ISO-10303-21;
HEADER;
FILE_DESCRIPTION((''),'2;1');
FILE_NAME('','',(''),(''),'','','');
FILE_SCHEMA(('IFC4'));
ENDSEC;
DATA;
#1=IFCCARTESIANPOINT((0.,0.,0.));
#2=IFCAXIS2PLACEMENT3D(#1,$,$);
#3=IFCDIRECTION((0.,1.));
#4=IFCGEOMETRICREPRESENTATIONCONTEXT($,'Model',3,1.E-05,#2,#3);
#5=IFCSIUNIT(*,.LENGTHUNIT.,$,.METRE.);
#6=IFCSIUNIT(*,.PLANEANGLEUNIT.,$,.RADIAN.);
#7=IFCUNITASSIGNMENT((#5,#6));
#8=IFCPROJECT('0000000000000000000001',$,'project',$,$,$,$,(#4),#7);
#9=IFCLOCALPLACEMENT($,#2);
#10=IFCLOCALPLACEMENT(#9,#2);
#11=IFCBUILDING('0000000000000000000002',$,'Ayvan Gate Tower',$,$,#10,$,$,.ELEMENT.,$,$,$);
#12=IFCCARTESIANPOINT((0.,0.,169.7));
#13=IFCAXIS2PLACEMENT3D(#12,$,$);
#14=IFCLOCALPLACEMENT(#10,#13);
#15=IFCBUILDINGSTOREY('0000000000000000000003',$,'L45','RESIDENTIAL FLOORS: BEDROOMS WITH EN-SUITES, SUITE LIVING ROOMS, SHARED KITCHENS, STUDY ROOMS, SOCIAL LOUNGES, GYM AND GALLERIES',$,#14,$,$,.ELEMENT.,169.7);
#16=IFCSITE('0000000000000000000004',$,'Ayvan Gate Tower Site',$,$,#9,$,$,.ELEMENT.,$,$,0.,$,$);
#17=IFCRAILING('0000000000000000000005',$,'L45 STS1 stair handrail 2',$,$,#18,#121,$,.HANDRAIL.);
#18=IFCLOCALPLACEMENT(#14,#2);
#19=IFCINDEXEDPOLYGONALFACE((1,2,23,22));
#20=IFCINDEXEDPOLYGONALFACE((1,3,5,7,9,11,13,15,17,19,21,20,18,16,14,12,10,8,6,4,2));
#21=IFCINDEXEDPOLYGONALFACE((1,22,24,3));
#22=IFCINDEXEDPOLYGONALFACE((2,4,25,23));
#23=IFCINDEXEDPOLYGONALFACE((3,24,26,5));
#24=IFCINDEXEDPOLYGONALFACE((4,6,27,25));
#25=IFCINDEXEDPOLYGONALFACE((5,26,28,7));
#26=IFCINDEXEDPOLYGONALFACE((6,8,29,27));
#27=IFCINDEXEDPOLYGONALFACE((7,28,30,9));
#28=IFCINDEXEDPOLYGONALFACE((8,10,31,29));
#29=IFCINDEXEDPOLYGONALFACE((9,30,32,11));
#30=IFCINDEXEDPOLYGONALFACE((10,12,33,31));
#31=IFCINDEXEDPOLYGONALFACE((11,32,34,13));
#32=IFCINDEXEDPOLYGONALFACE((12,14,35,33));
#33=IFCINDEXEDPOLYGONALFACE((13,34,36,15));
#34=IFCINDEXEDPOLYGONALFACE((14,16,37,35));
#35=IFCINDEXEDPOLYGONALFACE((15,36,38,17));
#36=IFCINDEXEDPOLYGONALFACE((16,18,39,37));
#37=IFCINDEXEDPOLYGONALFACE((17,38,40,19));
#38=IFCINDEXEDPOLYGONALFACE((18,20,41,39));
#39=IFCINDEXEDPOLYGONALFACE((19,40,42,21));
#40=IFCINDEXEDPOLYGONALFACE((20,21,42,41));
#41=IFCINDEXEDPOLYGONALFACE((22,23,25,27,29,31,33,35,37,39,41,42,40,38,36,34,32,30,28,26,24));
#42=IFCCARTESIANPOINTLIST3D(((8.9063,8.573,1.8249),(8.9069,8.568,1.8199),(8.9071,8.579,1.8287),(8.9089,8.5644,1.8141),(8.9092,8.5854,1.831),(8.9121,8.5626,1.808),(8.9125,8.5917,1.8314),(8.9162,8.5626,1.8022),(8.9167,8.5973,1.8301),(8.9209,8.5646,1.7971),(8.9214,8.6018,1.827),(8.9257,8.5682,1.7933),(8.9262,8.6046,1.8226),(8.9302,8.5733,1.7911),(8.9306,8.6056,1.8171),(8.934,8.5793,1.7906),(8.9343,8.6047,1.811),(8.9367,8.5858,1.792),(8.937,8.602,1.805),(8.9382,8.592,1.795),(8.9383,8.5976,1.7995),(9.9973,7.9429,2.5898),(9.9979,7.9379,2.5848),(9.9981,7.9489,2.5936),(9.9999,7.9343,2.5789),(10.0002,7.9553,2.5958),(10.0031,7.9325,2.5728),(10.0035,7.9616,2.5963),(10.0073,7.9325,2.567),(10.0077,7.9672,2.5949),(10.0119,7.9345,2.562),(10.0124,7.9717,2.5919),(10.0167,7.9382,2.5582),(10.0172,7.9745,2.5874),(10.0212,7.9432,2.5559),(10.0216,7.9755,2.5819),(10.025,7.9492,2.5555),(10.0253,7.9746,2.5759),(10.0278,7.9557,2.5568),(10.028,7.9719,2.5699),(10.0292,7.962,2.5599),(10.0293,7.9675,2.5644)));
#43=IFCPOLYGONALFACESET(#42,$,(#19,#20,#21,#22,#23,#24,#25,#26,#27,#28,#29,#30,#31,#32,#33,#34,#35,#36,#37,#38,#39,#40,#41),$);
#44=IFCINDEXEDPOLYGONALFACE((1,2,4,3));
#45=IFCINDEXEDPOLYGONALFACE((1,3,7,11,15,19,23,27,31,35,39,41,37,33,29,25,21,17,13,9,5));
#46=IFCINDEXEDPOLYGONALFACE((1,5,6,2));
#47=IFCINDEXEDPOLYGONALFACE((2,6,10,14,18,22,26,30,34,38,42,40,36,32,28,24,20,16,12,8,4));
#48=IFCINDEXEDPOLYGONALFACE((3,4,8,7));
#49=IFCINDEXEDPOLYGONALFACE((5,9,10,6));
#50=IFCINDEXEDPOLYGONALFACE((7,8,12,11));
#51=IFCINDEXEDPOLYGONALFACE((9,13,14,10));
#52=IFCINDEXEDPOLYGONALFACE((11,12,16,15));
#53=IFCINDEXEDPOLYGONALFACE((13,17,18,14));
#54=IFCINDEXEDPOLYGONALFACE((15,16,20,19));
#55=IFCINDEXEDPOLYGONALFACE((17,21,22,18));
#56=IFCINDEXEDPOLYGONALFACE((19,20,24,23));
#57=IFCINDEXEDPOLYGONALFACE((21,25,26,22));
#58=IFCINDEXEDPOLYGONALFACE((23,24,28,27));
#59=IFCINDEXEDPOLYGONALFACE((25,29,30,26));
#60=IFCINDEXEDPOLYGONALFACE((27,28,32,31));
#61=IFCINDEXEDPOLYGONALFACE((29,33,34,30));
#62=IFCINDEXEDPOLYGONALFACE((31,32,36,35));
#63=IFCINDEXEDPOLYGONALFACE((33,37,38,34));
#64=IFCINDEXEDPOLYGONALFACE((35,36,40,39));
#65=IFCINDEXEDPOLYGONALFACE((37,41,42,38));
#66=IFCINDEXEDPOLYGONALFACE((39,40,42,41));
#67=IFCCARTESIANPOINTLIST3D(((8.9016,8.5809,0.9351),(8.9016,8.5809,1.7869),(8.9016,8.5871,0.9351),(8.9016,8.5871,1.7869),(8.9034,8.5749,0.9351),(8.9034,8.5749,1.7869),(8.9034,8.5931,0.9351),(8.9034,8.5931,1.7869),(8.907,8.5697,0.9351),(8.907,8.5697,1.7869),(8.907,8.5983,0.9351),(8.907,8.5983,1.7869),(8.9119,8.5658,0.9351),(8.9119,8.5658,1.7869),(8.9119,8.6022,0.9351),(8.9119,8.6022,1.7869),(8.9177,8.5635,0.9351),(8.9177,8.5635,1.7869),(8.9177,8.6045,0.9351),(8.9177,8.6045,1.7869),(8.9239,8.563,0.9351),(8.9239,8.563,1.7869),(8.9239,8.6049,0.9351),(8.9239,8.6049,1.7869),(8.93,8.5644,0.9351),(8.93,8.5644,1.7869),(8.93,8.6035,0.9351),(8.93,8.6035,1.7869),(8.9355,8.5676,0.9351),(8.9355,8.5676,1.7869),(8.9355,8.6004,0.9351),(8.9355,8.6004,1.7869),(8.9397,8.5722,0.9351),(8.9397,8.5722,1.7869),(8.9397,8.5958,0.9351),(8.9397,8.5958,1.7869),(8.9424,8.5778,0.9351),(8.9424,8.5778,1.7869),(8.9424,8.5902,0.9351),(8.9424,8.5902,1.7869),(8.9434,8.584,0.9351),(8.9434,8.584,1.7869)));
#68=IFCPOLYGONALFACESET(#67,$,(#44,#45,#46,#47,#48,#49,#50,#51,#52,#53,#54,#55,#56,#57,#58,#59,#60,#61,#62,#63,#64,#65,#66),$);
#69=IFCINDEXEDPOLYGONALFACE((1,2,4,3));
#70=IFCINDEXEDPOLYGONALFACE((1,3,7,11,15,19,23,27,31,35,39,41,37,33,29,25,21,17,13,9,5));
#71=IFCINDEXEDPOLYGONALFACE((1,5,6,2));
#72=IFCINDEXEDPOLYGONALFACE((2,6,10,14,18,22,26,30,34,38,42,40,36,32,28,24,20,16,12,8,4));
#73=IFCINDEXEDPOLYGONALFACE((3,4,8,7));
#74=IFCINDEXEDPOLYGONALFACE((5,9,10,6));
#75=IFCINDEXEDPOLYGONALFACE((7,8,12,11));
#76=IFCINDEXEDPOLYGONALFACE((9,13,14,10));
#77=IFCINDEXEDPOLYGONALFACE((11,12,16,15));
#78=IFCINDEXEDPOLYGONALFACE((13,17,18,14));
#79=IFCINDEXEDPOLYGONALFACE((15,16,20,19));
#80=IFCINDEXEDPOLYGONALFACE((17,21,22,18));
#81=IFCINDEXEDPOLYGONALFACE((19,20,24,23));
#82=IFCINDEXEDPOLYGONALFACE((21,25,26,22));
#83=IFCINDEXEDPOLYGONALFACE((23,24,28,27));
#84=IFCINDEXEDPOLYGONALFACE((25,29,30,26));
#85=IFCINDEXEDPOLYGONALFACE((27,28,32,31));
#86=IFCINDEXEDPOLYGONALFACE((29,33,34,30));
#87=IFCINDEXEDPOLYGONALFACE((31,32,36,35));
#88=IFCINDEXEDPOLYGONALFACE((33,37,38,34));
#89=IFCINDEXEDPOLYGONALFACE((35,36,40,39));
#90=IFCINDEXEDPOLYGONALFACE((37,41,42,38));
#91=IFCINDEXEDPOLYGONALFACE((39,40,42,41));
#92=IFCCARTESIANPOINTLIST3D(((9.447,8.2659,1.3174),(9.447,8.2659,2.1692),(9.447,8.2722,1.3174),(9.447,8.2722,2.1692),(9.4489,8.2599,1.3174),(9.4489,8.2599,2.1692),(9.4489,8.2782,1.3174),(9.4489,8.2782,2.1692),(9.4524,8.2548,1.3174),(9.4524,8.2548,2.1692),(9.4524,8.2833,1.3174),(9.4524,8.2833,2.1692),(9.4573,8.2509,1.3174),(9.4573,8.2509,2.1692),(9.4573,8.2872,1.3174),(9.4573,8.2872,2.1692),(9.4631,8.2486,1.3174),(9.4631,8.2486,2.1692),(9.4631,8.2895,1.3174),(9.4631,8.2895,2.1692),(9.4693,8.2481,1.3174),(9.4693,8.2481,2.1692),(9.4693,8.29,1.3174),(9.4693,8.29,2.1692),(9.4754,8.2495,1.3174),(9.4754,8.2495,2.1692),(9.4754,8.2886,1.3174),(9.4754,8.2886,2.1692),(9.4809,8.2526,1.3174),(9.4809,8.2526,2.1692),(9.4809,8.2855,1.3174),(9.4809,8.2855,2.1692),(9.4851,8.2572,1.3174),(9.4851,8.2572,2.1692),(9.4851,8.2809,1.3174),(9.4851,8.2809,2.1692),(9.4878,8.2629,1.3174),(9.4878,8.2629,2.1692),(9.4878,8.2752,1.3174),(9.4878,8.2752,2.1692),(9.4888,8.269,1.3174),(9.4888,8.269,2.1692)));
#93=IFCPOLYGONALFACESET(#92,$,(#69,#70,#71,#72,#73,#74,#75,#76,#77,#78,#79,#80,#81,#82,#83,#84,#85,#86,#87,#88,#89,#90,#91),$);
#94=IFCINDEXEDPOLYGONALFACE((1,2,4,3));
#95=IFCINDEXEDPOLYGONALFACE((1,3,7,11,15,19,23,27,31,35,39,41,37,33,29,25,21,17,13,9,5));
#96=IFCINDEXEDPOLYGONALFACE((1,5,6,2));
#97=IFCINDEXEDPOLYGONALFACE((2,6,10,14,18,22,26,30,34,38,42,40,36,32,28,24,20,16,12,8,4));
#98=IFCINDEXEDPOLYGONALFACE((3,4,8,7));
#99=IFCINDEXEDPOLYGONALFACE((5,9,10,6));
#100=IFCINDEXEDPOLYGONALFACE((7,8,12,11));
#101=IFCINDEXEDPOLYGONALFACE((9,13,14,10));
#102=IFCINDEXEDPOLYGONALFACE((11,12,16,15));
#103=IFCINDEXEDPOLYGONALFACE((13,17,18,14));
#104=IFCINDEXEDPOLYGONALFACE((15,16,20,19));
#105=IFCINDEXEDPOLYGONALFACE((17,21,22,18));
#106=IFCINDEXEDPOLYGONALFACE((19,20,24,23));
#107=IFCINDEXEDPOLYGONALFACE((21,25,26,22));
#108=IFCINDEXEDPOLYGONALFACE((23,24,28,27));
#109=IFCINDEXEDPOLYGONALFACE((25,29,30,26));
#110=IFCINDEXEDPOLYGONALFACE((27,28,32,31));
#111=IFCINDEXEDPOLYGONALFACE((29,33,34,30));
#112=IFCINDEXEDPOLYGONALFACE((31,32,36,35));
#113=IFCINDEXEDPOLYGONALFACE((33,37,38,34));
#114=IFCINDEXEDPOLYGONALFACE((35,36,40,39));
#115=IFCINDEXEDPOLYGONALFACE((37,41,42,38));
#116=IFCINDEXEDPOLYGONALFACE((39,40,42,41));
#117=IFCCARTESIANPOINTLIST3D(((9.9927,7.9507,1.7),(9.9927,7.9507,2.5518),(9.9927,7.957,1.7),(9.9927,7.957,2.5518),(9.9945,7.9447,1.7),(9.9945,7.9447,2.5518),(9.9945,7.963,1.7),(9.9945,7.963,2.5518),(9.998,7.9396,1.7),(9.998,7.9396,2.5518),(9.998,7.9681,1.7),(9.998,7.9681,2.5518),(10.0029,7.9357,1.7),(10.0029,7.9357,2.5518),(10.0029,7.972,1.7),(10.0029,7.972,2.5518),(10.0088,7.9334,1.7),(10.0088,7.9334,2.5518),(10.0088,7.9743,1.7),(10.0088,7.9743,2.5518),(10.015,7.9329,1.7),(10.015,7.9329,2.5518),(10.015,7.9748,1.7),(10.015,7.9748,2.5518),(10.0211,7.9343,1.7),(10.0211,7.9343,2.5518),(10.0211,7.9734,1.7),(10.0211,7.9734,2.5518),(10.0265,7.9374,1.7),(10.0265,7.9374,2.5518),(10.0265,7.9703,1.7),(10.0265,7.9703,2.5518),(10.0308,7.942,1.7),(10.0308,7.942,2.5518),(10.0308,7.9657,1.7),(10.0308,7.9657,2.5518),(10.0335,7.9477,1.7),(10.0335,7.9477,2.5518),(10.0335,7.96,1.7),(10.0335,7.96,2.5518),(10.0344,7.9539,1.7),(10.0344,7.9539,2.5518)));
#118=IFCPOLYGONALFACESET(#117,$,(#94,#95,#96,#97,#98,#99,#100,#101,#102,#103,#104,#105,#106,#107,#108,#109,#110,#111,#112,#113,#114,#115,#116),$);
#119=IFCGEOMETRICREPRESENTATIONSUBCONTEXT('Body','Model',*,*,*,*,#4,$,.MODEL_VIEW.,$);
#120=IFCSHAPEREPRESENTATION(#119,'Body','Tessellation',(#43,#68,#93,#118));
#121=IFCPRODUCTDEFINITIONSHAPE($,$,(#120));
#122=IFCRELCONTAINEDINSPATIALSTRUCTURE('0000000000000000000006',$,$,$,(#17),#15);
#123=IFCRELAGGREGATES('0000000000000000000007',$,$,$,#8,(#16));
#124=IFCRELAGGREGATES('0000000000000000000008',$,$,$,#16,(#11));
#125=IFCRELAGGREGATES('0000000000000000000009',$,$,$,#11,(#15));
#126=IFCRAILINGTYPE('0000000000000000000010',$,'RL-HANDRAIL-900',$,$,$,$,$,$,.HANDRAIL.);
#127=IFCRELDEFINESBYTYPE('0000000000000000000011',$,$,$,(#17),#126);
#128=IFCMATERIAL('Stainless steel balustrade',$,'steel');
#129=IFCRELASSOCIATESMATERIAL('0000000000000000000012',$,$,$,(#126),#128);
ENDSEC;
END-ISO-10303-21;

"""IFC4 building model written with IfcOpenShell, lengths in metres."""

from ifc_helpers import new_model, si_unit, direction, frame, origin, origin_2d, place, context, subcontext, project, spatial, circle, extrude, material, type_object, element, save


model = new_model("IFC4")

# Units and contexts
model_context = context("Model", 3, precision=1e-05, world=origin(), true_north=direction((0.0, 1.0)))
body_context = subcontext(model_context, "Body", "Model", "MODEL_VIEW")
ifc_project = project(units=[si_unit("LENGTHUNIT", "METRE"), si_unit("PLANEANGLEUNIT", "RADIAN")], contexts=[model_context])

# Site, building, storey
site_placement = place(None, origin())
site = spatial("IfcSite", under=ifc_project, at=site_placement, Name="Ayvan Gate Tower Site", CompositionType="ELEMENT", RefElevation=0.0)
building_placement = place(site_placement, origin())
building = spatial("IfcBuilding", under=site, at=building_placement, Name="Ayvan Gate Tower", CompositionType="ELEMENT")
storey_placement = place(building_placement, frame((0.0, 0.0, 169.7)))
storey = spatial("IfcBuildingStorey", under=building, at=storey_placement, Name="L45", Description="RESIDENTIAL FLOORS: BEDROOMS WITH EN-SUITES, SUITE LIVING ROOMS, SHARED KITCHENS, STUDY ROOMS, SOCIAL LOUNGES, GYM AND GALLERIES", CompositionType="ELEMENT", Elevation=169.7)

# Railing
ifc_material_1 = material(Name="Stainless steel balustrade", Category="steel")
railing_type_1 = type_object("IfcRailingType", Name="RL-HANDRAIL-900", PredefinedType="HANDRAIL", material=ifc_material_1)
railing_1_placement = place(storey_placement, frame((8.9224, 8.584, 0.9351)))
element("IfcRailing", 1, at=railing_1_placement, inside=storey, type_object=railing_type_1, Name="L45 STS1 stair handrail 2", PredefinedType="HANDRAIL", context=body_context, shape_type="SweptSolid", body=[
    extrude(circle(Radius=0.0239, at=origin_2d()), frame((0.0, 0.0, 0.876), z_axis=(0.740229, -0.427508, 0.518939), x_axis=(0.500119, 0.865956, 0.0)), (0.0, 0.0, 1.0), 1.4739),
    extrude(circle(Radius=0.021, at=origin_2d()), origin(), (0.0, 0.0, 1.0), 0.8518),
    extrude(circle(Radius=0.021, at=origin_2d()), frame((0.5454, -0.3149, 0.3823)), (0.0, 0.0, 1.0), 0.8518),
    extrude(circle(Radius=0.021, at=origin_2d()), frame((1.0911, -0.6301, 0.7649)), (0.0, 0.0, 1.0), 0.8518),
])

save(model, "model.ifc")
